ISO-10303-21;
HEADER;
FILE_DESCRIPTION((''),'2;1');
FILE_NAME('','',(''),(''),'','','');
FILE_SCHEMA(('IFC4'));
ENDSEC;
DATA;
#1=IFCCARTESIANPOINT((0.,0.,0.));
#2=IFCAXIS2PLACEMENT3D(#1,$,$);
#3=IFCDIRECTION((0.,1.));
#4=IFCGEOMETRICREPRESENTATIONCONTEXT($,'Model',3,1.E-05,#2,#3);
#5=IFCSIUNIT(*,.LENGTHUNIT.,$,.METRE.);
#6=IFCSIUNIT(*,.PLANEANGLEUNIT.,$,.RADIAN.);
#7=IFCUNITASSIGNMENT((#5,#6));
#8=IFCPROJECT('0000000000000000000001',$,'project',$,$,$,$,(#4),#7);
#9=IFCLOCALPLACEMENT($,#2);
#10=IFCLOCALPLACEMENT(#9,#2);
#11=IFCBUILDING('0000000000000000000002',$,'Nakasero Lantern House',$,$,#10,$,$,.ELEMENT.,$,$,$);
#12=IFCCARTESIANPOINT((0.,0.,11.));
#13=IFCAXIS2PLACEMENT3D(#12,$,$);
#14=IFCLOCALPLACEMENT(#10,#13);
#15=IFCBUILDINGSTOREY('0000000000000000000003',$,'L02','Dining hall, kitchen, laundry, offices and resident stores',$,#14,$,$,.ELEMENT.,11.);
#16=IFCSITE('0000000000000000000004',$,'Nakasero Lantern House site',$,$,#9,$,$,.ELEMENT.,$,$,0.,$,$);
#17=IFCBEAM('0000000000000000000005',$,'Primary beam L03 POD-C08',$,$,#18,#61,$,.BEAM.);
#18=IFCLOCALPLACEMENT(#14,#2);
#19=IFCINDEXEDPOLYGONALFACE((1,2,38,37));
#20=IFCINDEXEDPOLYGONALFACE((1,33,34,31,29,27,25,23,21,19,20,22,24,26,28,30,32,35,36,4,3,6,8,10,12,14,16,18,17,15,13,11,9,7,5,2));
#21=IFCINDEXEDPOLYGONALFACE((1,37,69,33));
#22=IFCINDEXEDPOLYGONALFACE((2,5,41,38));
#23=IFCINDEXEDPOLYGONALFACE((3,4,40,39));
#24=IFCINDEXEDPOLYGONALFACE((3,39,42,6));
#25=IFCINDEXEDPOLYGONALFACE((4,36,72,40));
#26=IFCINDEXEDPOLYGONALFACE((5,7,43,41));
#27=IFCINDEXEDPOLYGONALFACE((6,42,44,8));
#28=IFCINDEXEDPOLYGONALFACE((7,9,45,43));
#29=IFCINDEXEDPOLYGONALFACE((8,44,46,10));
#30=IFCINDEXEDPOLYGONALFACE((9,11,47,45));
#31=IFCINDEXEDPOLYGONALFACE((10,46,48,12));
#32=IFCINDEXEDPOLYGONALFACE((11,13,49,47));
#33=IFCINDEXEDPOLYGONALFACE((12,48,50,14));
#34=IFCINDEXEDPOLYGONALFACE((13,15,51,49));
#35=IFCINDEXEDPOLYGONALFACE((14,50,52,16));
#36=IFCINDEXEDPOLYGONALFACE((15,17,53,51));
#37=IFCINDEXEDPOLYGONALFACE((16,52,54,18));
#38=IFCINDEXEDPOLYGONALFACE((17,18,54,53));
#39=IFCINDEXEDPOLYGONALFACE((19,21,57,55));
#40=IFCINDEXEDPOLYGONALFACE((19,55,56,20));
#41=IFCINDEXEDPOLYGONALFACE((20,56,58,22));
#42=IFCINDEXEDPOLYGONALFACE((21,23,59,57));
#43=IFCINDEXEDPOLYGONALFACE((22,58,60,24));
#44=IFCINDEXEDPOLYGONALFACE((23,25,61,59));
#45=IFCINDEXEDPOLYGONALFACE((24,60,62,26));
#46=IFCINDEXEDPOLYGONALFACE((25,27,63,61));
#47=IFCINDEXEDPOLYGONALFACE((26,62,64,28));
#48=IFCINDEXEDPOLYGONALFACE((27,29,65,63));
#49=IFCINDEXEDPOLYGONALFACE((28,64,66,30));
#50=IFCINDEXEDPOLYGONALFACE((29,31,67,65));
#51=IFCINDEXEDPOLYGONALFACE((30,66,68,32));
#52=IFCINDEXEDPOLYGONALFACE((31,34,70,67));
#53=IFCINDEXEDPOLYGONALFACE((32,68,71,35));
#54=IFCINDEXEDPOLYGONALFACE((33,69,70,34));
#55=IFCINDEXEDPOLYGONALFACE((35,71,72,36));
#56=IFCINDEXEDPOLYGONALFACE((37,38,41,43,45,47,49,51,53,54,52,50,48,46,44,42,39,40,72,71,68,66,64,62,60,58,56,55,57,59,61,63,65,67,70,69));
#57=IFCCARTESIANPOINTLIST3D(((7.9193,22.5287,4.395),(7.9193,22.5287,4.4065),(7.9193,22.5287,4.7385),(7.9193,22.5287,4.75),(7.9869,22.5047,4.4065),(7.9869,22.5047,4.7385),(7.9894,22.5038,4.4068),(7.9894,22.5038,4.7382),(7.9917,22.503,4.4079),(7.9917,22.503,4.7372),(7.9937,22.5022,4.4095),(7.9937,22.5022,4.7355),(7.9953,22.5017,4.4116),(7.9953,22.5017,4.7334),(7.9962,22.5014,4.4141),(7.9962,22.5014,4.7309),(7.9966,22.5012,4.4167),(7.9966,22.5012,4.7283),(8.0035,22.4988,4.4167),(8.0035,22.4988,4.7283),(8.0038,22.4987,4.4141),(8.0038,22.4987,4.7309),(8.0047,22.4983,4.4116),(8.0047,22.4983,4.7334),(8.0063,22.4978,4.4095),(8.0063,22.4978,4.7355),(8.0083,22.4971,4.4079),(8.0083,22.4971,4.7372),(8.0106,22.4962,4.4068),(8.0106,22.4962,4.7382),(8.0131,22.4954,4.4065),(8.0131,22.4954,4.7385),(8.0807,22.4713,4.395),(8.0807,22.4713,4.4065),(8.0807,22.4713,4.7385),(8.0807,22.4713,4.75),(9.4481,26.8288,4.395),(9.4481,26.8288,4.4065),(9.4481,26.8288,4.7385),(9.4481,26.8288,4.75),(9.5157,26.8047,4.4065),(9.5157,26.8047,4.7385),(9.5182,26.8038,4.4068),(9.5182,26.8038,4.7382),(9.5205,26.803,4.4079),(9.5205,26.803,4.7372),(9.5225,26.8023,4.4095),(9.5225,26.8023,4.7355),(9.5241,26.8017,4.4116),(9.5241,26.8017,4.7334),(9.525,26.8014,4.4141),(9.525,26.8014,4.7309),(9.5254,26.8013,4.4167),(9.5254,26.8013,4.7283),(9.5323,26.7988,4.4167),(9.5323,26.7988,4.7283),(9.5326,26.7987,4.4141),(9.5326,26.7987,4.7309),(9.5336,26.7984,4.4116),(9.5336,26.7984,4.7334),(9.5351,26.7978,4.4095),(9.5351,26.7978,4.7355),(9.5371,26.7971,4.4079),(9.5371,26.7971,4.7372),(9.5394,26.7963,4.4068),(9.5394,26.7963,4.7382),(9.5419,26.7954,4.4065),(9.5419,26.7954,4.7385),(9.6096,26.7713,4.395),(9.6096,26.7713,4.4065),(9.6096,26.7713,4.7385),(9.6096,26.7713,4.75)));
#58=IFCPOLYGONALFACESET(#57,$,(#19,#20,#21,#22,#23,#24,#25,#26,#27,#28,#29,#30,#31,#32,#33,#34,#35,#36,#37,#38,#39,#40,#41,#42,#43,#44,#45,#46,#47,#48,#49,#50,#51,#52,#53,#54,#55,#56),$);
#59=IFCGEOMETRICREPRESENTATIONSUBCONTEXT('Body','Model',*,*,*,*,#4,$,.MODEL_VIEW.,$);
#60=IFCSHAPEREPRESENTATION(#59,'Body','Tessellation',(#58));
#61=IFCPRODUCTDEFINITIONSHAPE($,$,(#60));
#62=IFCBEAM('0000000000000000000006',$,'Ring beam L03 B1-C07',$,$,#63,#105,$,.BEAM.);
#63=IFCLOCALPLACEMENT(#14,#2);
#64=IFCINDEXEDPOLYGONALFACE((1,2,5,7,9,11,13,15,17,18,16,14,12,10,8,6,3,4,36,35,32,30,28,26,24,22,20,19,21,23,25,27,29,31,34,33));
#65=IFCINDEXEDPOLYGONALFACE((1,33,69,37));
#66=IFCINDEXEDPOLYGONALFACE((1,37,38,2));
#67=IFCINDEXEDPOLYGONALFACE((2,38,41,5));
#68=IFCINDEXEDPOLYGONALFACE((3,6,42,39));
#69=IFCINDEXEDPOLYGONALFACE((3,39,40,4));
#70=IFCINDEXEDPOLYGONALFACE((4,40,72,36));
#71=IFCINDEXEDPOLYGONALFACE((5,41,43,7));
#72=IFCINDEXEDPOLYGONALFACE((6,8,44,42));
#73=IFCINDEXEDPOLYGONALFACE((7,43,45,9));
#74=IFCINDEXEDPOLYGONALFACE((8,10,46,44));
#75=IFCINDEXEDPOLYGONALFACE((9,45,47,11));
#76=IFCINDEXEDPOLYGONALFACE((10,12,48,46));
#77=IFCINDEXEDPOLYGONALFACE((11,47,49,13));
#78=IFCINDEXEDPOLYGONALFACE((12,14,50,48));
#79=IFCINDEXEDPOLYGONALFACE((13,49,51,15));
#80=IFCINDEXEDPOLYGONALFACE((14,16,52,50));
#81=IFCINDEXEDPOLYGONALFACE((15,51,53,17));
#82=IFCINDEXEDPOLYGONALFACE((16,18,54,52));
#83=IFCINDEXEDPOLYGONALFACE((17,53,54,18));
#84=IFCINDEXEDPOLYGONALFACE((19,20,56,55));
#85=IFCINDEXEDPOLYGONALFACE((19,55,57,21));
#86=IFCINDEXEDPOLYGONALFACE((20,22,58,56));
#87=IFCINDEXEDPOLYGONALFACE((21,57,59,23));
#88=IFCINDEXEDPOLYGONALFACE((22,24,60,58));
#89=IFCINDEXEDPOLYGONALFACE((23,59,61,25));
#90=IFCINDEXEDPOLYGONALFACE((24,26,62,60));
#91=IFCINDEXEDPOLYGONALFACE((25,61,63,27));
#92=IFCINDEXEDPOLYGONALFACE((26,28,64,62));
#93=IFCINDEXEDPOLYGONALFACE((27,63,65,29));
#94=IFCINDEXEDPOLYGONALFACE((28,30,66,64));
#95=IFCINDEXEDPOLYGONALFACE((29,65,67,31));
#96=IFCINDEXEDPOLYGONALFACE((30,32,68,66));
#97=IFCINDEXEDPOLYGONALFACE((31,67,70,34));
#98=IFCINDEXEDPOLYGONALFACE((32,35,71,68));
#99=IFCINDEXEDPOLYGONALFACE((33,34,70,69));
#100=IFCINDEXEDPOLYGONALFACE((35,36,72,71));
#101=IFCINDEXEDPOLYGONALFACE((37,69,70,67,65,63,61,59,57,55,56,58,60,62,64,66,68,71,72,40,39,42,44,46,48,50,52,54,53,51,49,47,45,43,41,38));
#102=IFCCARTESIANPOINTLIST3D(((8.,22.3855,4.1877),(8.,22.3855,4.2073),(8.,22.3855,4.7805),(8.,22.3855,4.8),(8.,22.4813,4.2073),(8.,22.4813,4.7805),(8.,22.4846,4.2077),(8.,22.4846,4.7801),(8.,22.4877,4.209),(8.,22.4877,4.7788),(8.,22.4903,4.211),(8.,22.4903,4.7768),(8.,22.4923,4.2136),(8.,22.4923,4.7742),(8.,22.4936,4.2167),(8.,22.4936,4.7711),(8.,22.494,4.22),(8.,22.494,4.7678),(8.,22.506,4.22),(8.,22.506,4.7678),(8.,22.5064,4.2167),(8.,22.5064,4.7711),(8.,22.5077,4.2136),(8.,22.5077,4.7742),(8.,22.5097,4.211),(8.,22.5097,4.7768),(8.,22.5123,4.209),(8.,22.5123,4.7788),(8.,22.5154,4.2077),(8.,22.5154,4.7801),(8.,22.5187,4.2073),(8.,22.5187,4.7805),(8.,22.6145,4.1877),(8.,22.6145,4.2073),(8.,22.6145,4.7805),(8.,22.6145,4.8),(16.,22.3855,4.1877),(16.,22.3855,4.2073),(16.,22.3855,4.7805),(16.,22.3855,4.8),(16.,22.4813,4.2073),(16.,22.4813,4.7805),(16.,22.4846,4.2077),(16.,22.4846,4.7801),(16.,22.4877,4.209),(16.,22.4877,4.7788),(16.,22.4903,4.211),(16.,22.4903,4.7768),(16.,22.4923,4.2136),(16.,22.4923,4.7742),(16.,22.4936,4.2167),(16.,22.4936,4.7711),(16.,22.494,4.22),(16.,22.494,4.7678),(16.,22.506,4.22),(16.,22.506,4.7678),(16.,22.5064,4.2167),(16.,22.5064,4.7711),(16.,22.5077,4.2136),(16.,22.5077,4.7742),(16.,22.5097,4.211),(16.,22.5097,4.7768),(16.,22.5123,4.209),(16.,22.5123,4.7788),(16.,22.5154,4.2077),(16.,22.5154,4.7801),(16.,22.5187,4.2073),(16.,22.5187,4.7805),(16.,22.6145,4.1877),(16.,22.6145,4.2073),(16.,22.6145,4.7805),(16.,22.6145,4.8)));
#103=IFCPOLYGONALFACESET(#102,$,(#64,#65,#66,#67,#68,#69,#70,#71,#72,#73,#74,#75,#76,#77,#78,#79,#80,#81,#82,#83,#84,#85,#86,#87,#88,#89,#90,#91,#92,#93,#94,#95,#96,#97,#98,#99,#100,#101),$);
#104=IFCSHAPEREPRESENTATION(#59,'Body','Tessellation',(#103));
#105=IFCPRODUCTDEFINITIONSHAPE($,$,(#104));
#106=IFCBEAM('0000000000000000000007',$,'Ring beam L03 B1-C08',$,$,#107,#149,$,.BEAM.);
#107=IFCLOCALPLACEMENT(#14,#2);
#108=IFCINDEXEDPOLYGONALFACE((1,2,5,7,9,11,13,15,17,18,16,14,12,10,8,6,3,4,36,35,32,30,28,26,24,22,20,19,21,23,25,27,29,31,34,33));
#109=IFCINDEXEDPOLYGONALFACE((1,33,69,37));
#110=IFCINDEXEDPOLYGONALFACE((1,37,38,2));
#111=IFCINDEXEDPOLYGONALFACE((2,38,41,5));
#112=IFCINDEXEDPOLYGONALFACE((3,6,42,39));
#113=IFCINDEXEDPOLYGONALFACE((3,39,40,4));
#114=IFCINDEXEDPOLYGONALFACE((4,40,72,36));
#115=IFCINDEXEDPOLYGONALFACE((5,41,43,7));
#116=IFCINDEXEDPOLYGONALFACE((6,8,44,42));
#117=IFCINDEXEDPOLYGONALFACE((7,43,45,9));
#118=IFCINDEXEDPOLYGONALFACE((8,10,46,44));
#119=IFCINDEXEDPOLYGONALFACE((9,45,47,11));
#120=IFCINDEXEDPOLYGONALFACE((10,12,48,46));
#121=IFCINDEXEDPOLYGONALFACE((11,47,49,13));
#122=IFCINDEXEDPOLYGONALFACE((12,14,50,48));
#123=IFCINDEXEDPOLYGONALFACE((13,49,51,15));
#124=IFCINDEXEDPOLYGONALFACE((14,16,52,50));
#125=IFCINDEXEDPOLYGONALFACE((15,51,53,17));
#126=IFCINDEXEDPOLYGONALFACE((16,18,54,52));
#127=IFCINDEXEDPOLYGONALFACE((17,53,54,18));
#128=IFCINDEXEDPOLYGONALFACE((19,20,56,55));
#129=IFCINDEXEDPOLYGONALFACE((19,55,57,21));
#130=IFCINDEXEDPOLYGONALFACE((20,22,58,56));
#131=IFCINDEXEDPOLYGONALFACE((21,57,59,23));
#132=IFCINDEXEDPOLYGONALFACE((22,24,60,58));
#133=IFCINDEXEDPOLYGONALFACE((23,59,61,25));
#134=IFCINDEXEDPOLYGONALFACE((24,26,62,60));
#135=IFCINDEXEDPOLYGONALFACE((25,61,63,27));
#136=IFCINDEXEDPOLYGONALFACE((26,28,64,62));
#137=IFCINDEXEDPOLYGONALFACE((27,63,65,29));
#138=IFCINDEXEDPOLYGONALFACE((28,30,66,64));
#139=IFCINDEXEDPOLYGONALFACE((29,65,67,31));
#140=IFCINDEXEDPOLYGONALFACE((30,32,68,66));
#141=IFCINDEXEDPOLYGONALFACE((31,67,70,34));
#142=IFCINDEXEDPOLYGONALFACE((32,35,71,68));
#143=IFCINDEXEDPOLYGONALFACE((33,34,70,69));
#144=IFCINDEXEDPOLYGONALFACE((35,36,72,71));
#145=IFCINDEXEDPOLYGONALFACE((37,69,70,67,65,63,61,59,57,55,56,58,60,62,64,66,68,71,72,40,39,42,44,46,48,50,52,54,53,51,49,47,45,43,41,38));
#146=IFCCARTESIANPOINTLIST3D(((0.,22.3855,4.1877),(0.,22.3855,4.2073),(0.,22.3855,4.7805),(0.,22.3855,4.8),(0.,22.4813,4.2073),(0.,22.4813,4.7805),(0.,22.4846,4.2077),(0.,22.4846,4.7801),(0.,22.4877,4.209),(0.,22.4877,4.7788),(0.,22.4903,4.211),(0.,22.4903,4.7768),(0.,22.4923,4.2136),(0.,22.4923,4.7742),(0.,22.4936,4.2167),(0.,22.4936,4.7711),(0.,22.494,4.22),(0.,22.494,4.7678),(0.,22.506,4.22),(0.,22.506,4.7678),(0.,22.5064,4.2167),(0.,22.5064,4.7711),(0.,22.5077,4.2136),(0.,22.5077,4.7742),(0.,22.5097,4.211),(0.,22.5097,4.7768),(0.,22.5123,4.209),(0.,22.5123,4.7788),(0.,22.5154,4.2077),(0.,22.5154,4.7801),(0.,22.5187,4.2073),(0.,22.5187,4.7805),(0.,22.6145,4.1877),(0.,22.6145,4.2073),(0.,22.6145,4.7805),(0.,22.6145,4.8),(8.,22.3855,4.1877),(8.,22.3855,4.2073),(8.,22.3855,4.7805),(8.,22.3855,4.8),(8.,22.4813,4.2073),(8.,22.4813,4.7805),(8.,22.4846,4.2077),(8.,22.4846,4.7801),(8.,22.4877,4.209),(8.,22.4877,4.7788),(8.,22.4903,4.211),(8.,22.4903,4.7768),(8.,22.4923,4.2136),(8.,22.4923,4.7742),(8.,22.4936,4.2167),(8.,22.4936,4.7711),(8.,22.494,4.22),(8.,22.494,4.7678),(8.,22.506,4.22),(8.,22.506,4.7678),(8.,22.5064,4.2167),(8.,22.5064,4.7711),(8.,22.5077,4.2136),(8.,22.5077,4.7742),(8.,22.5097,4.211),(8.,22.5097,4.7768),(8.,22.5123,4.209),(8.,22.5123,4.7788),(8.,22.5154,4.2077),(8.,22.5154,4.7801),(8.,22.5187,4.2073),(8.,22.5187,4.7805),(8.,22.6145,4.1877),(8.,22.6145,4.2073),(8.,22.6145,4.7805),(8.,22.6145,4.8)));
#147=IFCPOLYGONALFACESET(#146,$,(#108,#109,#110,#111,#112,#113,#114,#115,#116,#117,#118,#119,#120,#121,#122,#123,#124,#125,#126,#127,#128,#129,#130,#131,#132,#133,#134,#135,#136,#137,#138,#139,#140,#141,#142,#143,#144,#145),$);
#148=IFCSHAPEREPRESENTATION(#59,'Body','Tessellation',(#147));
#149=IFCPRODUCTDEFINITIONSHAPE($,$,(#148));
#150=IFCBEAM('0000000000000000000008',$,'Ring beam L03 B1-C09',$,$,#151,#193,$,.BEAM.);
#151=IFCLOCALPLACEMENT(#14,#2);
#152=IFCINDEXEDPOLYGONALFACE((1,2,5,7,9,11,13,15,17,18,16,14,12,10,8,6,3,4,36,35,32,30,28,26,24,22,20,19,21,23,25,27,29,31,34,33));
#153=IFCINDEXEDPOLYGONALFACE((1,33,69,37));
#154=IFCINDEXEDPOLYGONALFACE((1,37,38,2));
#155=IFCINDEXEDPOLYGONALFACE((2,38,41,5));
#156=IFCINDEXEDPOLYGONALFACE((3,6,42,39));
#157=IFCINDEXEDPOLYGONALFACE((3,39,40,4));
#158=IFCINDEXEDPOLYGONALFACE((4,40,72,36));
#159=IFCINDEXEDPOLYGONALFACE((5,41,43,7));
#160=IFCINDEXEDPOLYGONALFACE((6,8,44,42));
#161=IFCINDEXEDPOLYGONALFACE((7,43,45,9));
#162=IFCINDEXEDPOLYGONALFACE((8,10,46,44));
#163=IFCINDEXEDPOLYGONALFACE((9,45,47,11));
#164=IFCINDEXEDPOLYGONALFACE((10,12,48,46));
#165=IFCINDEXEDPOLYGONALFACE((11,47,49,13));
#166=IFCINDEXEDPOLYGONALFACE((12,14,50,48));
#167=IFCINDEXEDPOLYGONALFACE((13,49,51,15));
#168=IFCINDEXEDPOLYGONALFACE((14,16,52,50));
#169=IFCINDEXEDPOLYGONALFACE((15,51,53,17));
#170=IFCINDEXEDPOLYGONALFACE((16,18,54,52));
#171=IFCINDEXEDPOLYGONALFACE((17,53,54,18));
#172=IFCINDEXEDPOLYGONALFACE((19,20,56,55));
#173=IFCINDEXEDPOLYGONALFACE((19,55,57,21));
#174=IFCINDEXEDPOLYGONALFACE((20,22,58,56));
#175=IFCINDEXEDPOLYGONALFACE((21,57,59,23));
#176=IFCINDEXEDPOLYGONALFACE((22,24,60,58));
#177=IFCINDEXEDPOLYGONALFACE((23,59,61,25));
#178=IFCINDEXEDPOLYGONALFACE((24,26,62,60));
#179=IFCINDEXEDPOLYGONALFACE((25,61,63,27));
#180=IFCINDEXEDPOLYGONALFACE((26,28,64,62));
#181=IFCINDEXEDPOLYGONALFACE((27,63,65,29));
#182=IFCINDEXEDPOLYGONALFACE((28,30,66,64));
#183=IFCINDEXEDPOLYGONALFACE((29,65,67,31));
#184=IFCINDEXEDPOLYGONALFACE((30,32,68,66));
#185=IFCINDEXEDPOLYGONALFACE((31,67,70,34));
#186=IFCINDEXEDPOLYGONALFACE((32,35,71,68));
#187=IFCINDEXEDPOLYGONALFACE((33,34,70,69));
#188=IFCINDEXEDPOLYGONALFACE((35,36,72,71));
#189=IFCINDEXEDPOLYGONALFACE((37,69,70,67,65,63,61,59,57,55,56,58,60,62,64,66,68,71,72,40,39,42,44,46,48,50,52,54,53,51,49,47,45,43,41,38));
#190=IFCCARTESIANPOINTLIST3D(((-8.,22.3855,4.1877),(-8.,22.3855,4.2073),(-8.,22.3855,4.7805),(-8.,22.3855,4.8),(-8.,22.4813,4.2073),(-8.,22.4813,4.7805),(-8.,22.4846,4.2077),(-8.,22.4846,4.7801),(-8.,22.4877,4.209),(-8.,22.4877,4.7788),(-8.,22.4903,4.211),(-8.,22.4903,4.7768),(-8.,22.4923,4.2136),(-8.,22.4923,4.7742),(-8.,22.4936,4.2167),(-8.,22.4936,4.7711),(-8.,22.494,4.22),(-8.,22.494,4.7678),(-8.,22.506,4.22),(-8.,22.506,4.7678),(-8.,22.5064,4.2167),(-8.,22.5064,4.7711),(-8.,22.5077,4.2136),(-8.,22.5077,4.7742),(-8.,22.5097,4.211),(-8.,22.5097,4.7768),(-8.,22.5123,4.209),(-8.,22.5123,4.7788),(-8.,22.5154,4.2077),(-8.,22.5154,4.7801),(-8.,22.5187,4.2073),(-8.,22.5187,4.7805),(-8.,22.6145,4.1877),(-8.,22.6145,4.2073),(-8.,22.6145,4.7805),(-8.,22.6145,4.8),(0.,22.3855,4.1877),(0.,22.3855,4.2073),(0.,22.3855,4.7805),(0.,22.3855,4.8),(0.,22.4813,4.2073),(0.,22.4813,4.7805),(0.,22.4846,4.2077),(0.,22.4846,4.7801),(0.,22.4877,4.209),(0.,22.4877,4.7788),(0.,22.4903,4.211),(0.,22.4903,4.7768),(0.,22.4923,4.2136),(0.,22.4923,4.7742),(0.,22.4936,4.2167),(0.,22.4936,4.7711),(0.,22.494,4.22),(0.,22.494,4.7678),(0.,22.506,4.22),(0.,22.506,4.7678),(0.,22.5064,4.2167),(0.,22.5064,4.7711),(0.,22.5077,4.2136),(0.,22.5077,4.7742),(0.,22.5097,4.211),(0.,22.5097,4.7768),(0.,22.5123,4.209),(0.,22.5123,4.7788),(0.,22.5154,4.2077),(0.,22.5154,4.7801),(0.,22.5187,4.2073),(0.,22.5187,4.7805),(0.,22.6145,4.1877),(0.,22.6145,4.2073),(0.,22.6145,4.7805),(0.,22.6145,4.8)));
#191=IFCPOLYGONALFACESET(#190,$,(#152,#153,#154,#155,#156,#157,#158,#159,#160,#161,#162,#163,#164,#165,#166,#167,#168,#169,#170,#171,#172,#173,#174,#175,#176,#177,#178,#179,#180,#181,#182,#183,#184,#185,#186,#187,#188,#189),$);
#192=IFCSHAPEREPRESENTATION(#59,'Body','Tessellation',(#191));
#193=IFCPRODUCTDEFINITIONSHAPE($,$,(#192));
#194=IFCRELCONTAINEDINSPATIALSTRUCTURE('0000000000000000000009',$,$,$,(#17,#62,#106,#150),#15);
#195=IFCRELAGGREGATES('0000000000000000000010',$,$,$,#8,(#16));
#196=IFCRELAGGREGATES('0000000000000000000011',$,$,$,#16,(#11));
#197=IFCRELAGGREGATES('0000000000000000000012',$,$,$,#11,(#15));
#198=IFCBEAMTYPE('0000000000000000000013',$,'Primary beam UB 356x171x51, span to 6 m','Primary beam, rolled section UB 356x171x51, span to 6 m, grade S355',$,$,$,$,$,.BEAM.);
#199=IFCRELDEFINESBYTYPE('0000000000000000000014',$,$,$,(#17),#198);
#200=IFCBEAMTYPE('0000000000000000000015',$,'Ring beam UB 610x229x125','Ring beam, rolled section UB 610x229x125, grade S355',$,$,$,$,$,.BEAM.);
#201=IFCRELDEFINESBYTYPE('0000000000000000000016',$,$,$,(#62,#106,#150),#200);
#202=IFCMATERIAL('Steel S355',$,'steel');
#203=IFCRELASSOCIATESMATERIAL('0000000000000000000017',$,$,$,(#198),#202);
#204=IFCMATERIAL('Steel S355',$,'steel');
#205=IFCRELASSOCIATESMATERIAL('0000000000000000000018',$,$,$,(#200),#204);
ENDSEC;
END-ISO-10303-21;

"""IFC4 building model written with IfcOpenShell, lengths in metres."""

from ifc_helpers import new_model, si_unit, direction, frame, origin, origin_2d, place, context, subcontext, project, spatial, i_section, extrude, material, material_profile, profile_set, type_object, element, save


model = new_model("IFC4")

# Units and contexts
model_context = context("Model", 3, precision=1e-05, world=origin(), true_north=direction((0.0, 1.0)))
body_context = subcontext(model_context, "Body", "Model", "MODEL_VIEW")
ifc_project = project(units=[si_unit("LENGTHUNIT", "METRE"), si_unit("PLANEANGLEUNIT", "RADIAN")], contexts=[model_context])

# Site, building, storey
site_placement = place(None, origin())
site = spatial("IfcSite", under=ifc_project, at=site_placement, Name="Nakasero Lantern House site", CompositionType="ELEMENT", RefElevation=0.0)
building_placement = place(site_placement, origin())
building = spatial("IfcBuilding", under=site, at=building_placement, Name="Nakasero Lantern House", CompositionType="ELEMENT")
storey_placement = place(building_placement, frame((0.0, 0.0, 11.0)))
storey = spatial("IfcBuildingStorey", under=building, at=storey_placement, Name="L02", Description="Dining hall, kitchen, laundry, offices and resident stores", CompositionType="ELEMENT", Elevation=11.0)

# Beams
ifc_material_1 = material(Name="Steel S355", Category="steel")
ifc_material_profile_1 = material_profile(ifc_material_1, i_section(OverallWidth=0.1714, OverallDepth=0.355, WebThickness=0.0073, FlangeThickness=0.0115, FilletRadius=0.0103, at=origin_2d()), Name="UB 356x171x51")
ifc_profile_set_1 = profile_set([ifc_material_profile_1], Name="Steel S355")
beam_type_1 = type_object("IfcBeamType", Name="Primary beam UB 356x171x51, span to 6 m", Description="Primary beam, rolled section UB 356x171x51, span to 6 m, grade S355", PredefinedType="BEAM", material=ifc_profile_set_1)
beam_1_placement = place(storey_placement, frame((9.5288, 26.8, 4.5725), z_axis=(-0.334991, -0.942221, 0.0), x_axis=(0.942221, -0.334991, 0.0)))
element("IfcBeam", 1, at=beam_1_placement, inside=storey, type_object=beam_type_1, Name="Primary beam L03 POD-C08", PredefinedType="BEAM", context=body_context, shape_type="SweptSolid", body=[
    extrude(i_section(OverallWidth=0.1714, OverallDepth=0.355, WebThickness=0.0073, FlangeThickness=0.0115, FilletRadius=0.0103, at=origin_2d()), origin(), (0.0, 0.0, 1.0), 4.5637),
])
ifc_material_2 = material(Name="Steel S355", Category="steel")
ifc_material_profile_2 = material_profile(ifc_material_2, i_section(OverallWidth=0.229, OverallDepth=0.6123, WebThickness=0.012, FlangeThickness=0.0195, FilletRadius=0.0127, at=origin_2d()), Name="UB 610x229x125")
ifc_profile_set_2 = profile_set([ifc_material_profile_2], Name="Steel S355")
beam_type_2 = type_object("IfcBeamType", Name="Ring beam UB 610x229x125", Description="Ring beam, rolled section UB 610x229x125, grade S355", PredefinedType="BEAM", material=ifc_profile_set_2)
for number, where, z_axis, x_axis, name in (
    (2, (16.0, 22.5, 4.4939), (-1.0, 0.0, 0.0), (0.0, -1.0, 0.0), "Ring beam L03 B1-C07"),
    (3, (8.0, 22.5, 4.4939), (-1.0, 0.0, 0.0), (0.0, -1.0, 0.0), "Ring beam L03 B1-C08"),
    (4, (0.0, 22.5, 4.4939), (-1.0, 0.0, 0.0), (0.0, -1.0, 0.0), "Ring beam L03 B1-C09"),
):
    element("IfcBeam", number, at=place(storey_placement, frame(where, z_axis=z_axis, x_axis=x_axis)), inside=storey, type_object=beam_type_2, Name=name, PredefinedType="BEAM", context=body_context, shape_type="SweptSolid", body=[
        extrude(i_section(OverallWidth=0.229, OverallDepth=0.6123, WebThickness=0.012, FlangeThickness=0.0195, FilletRadius=0.0127, at=origin_2d()), origin(), (0.0, 0.0, 1.0), 8.0),
    ])

save(model, "model.ifc")
